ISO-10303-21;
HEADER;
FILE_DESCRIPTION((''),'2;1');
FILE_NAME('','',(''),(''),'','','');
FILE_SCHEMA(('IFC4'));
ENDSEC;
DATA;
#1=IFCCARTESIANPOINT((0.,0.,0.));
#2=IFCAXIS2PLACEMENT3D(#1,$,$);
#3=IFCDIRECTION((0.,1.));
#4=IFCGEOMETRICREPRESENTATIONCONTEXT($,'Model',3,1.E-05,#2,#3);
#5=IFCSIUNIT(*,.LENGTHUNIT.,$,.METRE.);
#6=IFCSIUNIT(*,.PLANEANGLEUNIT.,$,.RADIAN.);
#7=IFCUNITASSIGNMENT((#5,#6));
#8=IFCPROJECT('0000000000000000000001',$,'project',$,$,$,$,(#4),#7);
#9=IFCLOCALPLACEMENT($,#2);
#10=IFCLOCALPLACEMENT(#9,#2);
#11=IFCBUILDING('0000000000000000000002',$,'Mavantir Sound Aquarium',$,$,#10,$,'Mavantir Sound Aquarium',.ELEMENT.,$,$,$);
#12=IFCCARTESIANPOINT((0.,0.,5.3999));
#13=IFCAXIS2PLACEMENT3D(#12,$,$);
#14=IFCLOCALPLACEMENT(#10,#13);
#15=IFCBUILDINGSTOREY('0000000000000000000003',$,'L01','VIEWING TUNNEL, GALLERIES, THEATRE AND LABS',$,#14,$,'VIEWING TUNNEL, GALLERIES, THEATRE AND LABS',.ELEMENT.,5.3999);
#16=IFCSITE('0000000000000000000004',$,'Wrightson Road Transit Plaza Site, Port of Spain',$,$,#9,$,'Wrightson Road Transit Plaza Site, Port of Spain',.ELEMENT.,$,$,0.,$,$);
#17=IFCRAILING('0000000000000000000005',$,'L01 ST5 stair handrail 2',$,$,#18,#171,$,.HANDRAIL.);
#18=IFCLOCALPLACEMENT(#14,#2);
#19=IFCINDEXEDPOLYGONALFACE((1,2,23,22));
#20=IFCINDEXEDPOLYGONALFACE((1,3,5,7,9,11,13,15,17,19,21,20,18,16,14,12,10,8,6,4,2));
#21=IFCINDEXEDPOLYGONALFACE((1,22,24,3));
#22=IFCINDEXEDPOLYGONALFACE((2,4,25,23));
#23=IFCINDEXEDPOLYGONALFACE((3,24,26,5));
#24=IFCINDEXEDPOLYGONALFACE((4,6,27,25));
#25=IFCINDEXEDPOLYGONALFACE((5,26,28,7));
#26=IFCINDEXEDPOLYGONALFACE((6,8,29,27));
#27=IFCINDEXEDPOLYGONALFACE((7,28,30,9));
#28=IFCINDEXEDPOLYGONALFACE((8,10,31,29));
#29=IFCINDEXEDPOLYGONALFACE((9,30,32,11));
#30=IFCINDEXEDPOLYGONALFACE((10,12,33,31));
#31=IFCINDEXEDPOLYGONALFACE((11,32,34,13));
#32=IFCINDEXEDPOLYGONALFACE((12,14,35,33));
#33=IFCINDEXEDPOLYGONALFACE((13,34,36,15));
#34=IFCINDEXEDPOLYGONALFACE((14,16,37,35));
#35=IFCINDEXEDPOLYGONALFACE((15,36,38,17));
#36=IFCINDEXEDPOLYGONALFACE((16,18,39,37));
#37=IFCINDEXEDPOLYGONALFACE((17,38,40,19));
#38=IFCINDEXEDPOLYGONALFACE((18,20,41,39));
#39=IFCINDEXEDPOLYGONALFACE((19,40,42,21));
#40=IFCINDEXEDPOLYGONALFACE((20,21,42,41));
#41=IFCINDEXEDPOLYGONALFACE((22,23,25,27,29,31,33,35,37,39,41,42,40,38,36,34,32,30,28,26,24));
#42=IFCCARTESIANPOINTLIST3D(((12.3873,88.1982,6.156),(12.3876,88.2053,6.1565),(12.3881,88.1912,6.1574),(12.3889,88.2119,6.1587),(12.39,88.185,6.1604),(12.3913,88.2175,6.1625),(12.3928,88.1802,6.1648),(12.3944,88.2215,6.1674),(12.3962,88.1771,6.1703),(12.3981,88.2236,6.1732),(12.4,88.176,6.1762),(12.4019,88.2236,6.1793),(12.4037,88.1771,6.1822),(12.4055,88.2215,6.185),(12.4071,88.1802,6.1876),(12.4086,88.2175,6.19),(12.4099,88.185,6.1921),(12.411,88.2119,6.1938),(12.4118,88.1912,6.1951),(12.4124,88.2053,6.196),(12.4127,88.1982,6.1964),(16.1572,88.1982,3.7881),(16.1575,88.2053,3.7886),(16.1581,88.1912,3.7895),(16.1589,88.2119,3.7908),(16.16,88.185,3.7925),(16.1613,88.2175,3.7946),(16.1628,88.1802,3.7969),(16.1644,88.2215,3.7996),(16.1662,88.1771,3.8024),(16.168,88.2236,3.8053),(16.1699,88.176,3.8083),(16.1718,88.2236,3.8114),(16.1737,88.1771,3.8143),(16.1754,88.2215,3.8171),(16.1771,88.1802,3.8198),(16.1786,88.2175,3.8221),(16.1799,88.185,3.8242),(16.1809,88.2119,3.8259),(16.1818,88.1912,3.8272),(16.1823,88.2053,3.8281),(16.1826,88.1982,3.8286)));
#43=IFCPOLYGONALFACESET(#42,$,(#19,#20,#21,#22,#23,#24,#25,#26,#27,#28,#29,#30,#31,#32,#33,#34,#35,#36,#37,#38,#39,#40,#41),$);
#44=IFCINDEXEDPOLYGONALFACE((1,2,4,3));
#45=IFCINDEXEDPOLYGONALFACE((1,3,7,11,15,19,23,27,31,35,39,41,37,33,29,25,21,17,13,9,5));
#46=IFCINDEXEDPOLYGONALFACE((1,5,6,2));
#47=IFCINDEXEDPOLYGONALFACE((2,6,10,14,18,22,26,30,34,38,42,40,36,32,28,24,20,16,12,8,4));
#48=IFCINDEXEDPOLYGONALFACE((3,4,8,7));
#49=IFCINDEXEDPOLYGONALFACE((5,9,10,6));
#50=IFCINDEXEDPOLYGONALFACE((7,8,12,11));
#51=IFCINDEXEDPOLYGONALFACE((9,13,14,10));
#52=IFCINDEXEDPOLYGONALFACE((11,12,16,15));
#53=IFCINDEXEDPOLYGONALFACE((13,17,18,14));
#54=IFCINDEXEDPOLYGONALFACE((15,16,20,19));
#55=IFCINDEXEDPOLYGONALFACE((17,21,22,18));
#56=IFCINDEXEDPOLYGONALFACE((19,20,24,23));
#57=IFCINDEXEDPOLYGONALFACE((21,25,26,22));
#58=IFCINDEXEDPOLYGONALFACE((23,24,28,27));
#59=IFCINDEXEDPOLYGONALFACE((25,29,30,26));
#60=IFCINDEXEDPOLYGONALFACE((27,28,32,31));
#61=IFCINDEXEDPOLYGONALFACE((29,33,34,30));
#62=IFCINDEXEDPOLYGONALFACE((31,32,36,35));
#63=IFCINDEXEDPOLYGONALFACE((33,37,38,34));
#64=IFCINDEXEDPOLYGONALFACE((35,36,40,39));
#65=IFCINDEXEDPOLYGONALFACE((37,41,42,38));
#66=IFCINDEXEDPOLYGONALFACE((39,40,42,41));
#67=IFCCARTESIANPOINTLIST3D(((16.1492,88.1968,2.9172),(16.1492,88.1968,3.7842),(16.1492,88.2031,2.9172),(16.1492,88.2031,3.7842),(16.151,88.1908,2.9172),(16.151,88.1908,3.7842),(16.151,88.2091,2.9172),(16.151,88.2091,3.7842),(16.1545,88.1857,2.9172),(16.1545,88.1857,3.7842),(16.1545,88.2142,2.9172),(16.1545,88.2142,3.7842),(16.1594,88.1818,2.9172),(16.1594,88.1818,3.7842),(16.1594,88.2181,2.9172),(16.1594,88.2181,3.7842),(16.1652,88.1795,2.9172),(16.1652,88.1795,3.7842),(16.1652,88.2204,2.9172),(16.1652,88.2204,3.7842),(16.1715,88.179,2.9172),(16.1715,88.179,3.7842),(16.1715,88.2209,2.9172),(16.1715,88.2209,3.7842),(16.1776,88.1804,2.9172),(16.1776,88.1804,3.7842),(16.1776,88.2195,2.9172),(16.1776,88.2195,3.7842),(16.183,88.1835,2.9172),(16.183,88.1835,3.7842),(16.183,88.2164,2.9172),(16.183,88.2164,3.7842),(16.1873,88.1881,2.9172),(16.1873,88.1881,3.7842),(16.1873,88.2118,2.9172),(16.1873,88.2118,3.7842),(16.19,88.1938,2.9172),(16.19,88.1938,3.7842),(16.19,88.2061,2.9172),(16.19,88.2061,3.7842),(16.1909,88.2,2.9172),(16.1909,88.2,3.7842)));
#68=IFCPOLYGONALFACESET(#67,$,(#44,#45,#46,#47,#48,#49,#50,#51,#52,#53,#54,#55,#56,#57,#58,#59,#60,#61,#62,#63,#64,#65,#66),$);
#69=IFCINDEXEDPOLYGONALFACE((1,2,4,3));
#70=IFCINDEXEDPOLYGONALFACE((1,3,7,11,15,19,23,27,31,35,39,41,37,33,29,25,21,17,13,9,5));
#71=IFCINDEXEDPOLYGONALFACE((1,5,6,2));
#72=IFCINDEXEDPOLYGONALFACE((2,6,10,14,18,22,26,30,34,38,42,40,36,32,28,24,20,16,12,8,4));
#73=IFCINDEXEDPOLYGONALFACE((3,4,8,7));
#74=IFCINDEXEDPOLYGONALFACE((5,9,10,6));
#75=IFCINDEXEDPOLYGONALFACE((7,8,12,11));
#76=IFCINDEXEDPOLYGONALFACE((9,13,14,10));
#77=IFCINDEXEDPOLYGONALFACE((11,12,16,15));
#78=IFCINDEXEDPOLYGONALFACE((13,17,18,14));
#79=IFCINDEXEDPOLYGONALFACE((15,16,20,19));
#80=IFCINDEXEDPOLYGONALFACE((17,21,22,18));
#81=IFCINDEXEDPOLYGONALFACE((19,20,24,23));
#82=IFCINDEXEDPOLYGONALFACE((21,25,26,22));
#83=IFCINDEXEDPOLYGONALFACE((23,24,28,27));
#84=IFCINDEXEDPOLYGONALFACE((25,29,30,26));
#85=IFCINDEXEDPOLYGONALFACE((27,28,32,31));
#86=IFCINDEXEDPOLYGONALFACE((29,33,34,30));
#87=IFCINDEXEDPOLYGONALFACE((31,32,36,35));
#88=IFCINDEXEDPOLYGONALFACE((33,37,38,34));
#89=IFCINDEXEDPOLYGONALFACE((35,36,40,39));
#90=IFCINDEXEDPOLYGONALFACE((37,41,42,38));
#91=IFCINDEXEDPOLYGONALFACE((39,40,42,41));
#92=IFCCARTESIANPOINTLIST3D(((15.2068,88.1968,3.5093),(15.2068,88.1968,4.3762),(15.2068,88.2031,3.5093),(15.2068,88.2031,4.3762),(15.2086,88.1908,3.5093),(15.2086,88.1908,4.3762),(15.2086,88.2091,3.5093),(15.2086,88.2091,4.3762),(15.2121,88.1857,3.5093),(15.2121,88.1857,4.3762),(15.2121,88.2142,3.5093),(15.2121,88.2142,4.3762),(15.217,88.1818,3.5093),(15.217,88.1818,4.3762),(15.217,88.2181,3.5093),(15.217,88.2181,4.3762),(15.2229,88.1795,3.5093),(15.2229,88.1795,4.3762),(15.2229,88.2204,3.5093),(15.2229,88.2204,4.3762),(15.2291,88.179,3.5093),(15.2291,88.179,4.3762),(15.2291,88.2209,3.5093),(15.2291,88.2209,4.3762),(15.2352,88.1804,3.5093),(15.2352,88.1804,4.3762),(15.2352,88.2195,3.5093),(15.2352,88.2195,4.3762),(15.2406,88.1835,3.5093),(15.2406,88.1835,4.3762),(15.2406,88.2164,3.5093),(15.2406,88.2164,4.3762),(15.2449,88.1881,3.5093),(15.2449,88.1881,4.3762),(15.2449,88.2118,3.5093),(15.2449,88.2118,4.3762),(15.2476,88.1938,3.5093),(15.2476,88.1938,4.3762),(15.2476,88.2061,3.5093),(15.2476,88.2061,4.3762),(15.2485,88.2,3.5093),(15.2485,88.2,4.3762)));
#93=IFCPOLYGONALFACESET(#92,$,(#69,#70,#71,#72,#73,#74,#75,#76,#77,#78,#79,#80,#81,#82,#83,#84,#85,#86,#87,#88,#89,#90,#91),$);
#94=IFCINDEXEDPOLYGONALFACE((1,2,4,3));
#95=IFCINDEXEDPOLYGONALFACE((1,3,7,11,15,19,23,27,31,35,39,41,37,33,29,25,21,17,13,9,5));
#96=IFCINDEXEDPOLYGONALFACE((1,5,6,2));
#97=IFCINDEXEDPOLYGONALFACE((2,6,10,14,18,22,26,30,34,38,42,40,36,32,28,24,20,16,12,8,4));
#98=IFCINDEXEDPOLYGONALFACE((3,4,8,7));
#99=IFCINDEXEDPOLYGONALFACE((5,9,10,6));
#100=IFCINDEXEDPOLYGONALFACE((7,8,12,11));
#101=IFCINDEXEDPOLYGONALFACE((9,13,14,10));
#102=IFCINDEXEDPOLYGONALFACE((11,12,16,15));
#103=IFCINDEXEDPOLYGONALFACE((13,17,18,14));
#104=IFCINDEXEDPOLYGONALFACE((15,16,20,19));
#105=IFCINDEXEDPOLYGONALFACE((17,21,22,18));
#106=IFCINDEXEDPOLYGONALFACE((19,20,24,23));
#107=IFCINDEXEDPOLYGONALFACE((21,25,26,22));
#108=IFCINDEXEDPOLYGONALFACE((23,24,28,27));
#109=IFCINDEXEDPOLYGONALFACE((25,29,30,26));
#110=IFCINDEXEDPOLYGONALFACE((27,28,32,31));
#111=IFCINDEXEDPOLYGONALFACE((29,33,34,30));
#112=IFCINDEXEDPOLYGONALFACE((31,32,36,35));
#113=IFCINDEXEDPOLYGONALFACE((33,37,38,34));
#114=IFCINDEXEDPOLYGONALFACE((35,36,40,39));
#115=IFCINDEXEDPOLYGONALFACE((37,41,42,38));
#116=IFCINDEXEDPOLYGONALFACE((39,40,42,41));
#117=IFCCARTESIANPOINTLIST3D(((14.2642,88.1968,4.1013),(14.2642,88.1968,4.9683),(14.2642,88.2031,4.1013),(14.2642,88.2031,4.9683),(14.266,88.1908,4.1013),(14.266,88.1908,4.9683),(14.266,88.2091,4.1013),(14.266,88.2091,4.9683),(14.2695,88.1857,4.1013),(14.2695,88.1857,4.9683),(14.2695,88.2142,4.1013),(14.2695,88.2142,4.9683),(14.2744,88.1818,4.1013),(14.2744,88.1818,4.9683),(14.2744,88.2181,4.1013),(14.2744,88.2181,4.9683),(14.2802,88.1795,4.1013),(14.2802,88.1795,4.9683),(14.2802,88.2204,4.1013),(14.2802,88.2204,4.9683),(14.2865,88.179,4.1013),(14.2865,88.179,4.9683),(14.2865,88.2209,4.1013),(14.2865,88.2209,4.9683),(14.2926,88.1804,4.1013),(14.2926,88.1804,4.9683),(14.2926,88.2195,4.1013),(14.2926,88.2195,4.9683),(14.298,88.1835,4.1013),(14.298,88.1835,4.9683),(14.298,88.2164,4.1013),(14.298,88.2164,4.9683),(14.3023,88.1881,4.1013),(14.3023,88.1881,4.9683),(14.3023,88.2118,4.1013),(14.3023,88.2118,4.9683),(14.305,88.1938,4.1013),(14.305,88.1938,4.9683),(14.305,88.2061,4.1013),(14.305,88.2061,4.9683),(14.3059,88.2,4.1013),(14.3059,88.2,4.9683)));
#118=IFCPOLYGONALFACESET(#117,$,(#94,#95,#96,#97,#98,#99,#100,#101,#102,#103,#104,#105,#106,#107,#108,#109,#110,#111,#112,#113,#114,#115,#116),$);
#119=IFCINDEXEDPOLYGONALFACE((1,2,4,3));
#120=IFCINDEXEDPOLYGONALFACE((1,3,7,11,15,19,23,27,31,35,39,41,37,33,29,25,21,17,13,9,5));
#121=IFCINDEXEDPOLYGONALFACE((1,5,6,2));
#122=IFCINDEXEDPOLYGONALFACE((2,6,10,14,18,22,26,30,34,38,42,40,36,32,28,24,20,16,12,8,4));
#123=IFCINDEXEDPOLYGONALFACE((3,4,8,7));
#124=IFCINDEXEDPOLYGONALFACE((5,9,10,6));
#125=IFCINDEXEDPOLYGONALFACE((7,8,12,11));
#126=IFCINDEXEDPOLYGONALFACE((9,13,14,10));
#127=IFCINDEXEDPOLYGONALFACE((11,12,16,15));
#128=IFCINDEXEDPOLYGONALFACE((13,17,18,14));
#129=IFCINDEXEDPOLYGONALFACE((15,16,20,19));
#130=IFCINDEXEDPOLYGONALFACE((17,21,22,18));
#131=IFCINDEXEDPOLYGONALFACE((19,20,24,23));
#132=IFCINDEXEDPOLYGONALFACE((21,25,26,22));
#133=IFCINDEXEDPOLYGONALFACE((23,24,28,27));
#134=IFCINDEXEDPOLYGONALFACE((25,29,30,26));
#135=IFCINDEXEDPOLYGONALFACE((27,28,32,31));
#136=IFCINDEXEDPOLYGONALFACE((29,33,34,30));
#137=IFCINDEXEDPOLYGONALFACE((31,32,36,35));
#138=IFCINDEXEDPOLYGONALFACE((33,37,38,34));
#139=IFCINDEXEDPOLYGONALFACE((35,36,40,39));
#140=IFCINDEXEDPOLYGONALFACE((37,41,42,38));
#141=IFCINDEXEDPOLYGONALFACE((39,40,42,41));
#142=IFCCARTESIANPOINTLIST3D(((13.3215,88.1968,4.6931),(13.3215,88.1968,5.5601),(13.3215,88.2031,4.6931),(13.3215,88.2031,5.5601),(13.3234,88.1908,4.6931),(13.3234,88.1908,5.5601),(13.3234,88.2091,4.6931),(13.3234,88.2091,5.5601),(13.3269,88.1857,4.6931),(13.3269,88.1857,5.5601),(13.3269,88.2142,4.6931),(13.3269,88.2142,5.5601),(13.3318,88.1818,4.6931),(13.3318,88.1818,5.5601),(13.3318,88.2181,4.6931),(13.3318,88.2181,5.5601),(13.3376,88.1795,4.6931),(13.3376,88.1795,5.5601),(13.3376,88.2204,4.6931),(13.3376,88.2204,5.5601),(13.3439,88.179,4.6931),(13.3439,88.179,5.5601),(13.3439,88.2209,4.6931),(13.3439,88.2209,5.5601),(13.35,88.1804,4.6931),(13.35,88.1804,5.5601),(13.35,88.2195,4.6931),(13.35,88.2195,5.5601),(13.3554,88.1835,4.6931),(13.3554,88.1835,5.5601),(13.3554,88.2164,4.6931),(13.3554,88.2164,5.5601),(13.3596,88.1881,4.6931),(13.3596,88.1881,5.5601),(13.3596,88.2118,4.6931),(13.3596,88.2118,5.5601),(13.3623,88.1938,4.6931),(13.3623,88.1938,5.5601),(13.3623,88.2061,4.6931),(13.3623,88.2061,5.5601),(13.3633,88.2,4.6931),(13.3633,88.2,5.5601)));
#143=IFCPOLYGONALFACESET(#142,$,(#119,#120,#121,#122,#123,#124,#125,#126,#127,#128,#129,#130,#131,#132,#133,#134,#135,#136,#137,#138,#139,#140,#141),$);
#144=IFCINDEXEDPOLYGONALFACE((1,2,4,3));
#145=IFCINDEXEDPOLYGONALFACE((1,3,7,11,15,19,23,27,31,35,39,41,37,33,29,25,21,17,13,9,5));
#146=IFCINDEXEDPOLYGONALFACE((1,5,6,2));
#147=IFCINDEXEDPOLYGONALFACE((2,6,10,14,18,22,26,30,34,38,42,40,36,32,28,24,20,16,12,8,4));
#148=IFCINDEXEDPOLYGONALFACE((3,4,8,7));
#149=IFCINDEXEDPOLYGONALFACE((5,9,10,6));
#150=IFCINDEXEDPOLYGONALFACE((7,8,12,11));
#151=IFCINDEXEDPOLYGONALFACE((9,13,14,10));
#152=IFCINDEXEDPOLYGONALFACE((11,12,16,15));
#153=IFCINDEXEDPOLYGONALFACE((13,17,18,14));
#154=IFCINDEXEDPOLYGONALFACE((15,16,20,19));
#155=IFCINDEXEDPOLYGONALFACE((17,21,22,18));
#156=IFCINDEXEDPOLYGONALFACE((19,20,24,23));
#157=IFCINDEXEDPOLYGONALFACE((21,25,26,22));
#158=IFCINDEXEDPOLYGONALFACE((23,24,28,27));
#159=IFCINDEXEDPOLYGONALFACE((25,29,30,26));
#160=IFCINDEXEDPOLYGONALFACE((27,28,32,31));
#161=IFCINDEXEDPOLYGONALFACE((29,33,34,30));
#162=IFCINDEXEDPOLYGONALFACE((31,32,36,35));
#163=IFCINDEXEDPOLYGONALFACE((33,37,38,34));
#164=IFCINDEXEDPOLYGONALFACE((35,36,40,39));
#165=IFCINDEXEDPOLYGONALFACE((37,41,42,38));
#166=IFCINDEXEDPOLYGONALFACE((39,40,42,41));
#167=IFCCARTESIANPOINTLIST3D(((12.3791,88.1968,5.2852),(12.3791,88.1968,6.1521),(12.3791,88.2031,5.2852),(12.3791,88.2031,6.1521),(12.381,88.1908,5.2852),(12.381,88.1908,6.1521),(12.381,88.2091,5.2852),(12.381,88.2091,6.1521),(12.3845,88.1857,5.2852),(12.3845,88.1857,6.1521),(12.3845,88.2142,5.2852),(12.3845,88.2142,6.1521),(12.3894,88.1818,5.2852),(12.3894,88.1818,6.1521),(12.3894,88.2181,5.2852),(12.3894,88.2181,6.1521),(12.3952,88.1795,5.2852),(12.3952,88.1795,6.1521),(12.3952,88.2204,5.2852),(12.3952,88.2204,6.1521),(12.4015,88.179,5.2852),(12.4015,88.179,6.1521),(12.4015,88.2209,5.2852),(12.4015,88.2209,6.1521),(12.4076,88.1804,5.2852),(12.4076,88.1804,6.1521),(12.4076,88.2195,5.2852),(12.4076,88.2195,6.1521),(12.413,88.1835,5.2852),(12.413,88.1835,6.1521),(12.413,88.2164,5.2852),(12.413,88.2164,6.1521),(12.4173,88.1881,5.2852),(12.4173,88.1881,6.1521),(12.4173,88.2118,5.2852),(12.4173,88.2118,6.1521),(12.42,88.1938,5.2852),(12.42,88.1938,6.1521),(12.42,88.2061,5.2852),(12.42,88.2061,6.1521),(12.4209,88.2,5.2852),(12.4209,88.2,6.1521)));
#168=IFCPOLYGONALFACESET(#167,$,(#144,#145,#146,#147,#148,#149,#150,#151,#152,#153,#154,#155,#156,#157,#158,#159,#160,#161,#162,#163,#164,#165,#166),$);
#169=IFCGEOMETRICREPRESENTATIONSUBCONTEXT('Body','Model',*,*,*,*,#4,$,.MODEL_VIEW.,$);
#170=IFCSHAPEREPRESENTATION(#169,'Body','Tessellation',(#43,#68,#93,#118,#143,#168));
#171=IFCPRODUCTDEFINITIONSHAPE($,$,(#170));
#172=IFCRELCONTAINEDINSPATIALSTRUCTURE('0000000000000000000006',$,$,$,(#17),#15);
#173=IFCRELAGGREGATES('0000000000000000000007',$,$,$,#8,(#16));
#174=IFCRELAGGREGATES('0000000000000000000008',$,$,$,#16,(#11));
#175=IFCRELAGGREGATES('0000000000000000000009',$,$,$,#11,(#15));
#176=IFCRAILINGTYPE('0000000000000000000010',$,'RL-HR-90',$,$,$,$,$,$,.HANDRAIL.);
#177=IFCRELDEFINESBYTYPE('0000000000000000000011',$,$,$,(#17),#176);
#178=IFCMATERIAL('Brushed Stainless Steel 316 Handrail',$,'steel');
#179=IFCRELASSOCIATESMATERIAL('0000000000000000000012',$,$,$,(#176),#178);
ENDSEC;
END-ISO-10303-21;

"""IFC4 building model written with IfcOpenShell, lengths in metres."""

from ifc_helpers import new_model, si_unit, direction, frame, origin, origin_2d, place, context, subcontext, project, spatial, circle, extrude, material, type_object, element, save


model = new_model("IFC4")

# Units and contexts
model_context = context("Model", 3, precision=1e-05, world=origin(), true_north=direction((0.0, 1.0)))
body_context = subcontext(model_context, "Body", "Model", "MODEL_VIEW")
ifc_project = project(units=[si_unit("LENGTHUNIT", "METRE"), si_unit("PLANEANGLEUNIT", "RADIAN")], contexts=[model_context])

# Site, building, storey
site_placement = place(None, origin())
site = spatial("IfcSite", under=ifc_project, at=site_placement, Name="Wrightson Road Transit Plaza Site, Port of Spain", LongName="Wrightson Road Transit Plaza Site, Port of Spain", CompositionType="ELEMENT", RefElevation=0.0)
building_placement = place(site_placement, origin())
building = spatial("IfcBuilding", under=site, at=building_placement, Name="Mavantir Sound Aquarium", LongName="Mavantir Sound Aquarium", CompositionType="ELEMENT")
storey_placement = place(building_placement, frame((0.0, 0.0, 5.3999)))
storey = spatial("IfcBuildingStorey", under=building, at=storey_placement, Name="L01", Description="VIEWING TUNNEL, GALLERIES, THEATRE AND LABS", LongName="VIEWING TUNNEL, GALLERIES, THEATRE AND LABS", CompositionType="ELEMENT", Elevation=5.3999)

# Railing
ifc_material_1 = material(Name="Brushed Stainless Steel 316 Handrail", Category="steel")
railing_type_1 = type_object("IfcRailingType", Name="RL-HR-90", PredefinedType="HANDRAIL", material=ifc_material_1)
railing_1_placement = place(storey_placement, frame((16.1699, 88.2, 2.9172)))
element("IfcRailing", 1, at=railing_1_placement, inside=storey, type_object=railing_type_1, Name="L01 ST5 stair handrail 2", PredefinedType="HANDRAIL", context=body_context, shape_type="SweptSolid", body=[
    extrude(circle(Radius=0.0239, at=origin_2d()), frame((0.0, 0.0, 0.8911), z_axis=(-0.846819, 0.0, 0.531881), x_axis=(0.0, -1.0, 0.0)), (0.0, 0.0, 1.0), 4.4519),
    extrude(circle(Radius=0.021, at=origin_2d()), origin(), (0.0, 0.0, 1.0), 0.8669),
    extrude(circle(Radius=0.021, at=origin_2d()), frame((-0.9424, 0.0, 0.592)), (0.0, 0.0, 1.0), 0.8669),
    extrude(circle(Radius=0.021, at=origin_2d()), frame((-1.885, 0.0, 1.1841)), (0.0, 0.0, 1.0), 0.8669),
    extrude(circle(Radius=0.021, at=origin_2d()), frame((-2.8276, 0.0, 1.7759)), (0.0, 0.0, 1.0), 0.8669),
    extrude(circle(Radius=0.021, at=origin_2d()), frame((-3.77, 0.0, 2.3679)), (0.0, 0.0, 1.0), 0.8669),
])

save(model, "model.ifc")
